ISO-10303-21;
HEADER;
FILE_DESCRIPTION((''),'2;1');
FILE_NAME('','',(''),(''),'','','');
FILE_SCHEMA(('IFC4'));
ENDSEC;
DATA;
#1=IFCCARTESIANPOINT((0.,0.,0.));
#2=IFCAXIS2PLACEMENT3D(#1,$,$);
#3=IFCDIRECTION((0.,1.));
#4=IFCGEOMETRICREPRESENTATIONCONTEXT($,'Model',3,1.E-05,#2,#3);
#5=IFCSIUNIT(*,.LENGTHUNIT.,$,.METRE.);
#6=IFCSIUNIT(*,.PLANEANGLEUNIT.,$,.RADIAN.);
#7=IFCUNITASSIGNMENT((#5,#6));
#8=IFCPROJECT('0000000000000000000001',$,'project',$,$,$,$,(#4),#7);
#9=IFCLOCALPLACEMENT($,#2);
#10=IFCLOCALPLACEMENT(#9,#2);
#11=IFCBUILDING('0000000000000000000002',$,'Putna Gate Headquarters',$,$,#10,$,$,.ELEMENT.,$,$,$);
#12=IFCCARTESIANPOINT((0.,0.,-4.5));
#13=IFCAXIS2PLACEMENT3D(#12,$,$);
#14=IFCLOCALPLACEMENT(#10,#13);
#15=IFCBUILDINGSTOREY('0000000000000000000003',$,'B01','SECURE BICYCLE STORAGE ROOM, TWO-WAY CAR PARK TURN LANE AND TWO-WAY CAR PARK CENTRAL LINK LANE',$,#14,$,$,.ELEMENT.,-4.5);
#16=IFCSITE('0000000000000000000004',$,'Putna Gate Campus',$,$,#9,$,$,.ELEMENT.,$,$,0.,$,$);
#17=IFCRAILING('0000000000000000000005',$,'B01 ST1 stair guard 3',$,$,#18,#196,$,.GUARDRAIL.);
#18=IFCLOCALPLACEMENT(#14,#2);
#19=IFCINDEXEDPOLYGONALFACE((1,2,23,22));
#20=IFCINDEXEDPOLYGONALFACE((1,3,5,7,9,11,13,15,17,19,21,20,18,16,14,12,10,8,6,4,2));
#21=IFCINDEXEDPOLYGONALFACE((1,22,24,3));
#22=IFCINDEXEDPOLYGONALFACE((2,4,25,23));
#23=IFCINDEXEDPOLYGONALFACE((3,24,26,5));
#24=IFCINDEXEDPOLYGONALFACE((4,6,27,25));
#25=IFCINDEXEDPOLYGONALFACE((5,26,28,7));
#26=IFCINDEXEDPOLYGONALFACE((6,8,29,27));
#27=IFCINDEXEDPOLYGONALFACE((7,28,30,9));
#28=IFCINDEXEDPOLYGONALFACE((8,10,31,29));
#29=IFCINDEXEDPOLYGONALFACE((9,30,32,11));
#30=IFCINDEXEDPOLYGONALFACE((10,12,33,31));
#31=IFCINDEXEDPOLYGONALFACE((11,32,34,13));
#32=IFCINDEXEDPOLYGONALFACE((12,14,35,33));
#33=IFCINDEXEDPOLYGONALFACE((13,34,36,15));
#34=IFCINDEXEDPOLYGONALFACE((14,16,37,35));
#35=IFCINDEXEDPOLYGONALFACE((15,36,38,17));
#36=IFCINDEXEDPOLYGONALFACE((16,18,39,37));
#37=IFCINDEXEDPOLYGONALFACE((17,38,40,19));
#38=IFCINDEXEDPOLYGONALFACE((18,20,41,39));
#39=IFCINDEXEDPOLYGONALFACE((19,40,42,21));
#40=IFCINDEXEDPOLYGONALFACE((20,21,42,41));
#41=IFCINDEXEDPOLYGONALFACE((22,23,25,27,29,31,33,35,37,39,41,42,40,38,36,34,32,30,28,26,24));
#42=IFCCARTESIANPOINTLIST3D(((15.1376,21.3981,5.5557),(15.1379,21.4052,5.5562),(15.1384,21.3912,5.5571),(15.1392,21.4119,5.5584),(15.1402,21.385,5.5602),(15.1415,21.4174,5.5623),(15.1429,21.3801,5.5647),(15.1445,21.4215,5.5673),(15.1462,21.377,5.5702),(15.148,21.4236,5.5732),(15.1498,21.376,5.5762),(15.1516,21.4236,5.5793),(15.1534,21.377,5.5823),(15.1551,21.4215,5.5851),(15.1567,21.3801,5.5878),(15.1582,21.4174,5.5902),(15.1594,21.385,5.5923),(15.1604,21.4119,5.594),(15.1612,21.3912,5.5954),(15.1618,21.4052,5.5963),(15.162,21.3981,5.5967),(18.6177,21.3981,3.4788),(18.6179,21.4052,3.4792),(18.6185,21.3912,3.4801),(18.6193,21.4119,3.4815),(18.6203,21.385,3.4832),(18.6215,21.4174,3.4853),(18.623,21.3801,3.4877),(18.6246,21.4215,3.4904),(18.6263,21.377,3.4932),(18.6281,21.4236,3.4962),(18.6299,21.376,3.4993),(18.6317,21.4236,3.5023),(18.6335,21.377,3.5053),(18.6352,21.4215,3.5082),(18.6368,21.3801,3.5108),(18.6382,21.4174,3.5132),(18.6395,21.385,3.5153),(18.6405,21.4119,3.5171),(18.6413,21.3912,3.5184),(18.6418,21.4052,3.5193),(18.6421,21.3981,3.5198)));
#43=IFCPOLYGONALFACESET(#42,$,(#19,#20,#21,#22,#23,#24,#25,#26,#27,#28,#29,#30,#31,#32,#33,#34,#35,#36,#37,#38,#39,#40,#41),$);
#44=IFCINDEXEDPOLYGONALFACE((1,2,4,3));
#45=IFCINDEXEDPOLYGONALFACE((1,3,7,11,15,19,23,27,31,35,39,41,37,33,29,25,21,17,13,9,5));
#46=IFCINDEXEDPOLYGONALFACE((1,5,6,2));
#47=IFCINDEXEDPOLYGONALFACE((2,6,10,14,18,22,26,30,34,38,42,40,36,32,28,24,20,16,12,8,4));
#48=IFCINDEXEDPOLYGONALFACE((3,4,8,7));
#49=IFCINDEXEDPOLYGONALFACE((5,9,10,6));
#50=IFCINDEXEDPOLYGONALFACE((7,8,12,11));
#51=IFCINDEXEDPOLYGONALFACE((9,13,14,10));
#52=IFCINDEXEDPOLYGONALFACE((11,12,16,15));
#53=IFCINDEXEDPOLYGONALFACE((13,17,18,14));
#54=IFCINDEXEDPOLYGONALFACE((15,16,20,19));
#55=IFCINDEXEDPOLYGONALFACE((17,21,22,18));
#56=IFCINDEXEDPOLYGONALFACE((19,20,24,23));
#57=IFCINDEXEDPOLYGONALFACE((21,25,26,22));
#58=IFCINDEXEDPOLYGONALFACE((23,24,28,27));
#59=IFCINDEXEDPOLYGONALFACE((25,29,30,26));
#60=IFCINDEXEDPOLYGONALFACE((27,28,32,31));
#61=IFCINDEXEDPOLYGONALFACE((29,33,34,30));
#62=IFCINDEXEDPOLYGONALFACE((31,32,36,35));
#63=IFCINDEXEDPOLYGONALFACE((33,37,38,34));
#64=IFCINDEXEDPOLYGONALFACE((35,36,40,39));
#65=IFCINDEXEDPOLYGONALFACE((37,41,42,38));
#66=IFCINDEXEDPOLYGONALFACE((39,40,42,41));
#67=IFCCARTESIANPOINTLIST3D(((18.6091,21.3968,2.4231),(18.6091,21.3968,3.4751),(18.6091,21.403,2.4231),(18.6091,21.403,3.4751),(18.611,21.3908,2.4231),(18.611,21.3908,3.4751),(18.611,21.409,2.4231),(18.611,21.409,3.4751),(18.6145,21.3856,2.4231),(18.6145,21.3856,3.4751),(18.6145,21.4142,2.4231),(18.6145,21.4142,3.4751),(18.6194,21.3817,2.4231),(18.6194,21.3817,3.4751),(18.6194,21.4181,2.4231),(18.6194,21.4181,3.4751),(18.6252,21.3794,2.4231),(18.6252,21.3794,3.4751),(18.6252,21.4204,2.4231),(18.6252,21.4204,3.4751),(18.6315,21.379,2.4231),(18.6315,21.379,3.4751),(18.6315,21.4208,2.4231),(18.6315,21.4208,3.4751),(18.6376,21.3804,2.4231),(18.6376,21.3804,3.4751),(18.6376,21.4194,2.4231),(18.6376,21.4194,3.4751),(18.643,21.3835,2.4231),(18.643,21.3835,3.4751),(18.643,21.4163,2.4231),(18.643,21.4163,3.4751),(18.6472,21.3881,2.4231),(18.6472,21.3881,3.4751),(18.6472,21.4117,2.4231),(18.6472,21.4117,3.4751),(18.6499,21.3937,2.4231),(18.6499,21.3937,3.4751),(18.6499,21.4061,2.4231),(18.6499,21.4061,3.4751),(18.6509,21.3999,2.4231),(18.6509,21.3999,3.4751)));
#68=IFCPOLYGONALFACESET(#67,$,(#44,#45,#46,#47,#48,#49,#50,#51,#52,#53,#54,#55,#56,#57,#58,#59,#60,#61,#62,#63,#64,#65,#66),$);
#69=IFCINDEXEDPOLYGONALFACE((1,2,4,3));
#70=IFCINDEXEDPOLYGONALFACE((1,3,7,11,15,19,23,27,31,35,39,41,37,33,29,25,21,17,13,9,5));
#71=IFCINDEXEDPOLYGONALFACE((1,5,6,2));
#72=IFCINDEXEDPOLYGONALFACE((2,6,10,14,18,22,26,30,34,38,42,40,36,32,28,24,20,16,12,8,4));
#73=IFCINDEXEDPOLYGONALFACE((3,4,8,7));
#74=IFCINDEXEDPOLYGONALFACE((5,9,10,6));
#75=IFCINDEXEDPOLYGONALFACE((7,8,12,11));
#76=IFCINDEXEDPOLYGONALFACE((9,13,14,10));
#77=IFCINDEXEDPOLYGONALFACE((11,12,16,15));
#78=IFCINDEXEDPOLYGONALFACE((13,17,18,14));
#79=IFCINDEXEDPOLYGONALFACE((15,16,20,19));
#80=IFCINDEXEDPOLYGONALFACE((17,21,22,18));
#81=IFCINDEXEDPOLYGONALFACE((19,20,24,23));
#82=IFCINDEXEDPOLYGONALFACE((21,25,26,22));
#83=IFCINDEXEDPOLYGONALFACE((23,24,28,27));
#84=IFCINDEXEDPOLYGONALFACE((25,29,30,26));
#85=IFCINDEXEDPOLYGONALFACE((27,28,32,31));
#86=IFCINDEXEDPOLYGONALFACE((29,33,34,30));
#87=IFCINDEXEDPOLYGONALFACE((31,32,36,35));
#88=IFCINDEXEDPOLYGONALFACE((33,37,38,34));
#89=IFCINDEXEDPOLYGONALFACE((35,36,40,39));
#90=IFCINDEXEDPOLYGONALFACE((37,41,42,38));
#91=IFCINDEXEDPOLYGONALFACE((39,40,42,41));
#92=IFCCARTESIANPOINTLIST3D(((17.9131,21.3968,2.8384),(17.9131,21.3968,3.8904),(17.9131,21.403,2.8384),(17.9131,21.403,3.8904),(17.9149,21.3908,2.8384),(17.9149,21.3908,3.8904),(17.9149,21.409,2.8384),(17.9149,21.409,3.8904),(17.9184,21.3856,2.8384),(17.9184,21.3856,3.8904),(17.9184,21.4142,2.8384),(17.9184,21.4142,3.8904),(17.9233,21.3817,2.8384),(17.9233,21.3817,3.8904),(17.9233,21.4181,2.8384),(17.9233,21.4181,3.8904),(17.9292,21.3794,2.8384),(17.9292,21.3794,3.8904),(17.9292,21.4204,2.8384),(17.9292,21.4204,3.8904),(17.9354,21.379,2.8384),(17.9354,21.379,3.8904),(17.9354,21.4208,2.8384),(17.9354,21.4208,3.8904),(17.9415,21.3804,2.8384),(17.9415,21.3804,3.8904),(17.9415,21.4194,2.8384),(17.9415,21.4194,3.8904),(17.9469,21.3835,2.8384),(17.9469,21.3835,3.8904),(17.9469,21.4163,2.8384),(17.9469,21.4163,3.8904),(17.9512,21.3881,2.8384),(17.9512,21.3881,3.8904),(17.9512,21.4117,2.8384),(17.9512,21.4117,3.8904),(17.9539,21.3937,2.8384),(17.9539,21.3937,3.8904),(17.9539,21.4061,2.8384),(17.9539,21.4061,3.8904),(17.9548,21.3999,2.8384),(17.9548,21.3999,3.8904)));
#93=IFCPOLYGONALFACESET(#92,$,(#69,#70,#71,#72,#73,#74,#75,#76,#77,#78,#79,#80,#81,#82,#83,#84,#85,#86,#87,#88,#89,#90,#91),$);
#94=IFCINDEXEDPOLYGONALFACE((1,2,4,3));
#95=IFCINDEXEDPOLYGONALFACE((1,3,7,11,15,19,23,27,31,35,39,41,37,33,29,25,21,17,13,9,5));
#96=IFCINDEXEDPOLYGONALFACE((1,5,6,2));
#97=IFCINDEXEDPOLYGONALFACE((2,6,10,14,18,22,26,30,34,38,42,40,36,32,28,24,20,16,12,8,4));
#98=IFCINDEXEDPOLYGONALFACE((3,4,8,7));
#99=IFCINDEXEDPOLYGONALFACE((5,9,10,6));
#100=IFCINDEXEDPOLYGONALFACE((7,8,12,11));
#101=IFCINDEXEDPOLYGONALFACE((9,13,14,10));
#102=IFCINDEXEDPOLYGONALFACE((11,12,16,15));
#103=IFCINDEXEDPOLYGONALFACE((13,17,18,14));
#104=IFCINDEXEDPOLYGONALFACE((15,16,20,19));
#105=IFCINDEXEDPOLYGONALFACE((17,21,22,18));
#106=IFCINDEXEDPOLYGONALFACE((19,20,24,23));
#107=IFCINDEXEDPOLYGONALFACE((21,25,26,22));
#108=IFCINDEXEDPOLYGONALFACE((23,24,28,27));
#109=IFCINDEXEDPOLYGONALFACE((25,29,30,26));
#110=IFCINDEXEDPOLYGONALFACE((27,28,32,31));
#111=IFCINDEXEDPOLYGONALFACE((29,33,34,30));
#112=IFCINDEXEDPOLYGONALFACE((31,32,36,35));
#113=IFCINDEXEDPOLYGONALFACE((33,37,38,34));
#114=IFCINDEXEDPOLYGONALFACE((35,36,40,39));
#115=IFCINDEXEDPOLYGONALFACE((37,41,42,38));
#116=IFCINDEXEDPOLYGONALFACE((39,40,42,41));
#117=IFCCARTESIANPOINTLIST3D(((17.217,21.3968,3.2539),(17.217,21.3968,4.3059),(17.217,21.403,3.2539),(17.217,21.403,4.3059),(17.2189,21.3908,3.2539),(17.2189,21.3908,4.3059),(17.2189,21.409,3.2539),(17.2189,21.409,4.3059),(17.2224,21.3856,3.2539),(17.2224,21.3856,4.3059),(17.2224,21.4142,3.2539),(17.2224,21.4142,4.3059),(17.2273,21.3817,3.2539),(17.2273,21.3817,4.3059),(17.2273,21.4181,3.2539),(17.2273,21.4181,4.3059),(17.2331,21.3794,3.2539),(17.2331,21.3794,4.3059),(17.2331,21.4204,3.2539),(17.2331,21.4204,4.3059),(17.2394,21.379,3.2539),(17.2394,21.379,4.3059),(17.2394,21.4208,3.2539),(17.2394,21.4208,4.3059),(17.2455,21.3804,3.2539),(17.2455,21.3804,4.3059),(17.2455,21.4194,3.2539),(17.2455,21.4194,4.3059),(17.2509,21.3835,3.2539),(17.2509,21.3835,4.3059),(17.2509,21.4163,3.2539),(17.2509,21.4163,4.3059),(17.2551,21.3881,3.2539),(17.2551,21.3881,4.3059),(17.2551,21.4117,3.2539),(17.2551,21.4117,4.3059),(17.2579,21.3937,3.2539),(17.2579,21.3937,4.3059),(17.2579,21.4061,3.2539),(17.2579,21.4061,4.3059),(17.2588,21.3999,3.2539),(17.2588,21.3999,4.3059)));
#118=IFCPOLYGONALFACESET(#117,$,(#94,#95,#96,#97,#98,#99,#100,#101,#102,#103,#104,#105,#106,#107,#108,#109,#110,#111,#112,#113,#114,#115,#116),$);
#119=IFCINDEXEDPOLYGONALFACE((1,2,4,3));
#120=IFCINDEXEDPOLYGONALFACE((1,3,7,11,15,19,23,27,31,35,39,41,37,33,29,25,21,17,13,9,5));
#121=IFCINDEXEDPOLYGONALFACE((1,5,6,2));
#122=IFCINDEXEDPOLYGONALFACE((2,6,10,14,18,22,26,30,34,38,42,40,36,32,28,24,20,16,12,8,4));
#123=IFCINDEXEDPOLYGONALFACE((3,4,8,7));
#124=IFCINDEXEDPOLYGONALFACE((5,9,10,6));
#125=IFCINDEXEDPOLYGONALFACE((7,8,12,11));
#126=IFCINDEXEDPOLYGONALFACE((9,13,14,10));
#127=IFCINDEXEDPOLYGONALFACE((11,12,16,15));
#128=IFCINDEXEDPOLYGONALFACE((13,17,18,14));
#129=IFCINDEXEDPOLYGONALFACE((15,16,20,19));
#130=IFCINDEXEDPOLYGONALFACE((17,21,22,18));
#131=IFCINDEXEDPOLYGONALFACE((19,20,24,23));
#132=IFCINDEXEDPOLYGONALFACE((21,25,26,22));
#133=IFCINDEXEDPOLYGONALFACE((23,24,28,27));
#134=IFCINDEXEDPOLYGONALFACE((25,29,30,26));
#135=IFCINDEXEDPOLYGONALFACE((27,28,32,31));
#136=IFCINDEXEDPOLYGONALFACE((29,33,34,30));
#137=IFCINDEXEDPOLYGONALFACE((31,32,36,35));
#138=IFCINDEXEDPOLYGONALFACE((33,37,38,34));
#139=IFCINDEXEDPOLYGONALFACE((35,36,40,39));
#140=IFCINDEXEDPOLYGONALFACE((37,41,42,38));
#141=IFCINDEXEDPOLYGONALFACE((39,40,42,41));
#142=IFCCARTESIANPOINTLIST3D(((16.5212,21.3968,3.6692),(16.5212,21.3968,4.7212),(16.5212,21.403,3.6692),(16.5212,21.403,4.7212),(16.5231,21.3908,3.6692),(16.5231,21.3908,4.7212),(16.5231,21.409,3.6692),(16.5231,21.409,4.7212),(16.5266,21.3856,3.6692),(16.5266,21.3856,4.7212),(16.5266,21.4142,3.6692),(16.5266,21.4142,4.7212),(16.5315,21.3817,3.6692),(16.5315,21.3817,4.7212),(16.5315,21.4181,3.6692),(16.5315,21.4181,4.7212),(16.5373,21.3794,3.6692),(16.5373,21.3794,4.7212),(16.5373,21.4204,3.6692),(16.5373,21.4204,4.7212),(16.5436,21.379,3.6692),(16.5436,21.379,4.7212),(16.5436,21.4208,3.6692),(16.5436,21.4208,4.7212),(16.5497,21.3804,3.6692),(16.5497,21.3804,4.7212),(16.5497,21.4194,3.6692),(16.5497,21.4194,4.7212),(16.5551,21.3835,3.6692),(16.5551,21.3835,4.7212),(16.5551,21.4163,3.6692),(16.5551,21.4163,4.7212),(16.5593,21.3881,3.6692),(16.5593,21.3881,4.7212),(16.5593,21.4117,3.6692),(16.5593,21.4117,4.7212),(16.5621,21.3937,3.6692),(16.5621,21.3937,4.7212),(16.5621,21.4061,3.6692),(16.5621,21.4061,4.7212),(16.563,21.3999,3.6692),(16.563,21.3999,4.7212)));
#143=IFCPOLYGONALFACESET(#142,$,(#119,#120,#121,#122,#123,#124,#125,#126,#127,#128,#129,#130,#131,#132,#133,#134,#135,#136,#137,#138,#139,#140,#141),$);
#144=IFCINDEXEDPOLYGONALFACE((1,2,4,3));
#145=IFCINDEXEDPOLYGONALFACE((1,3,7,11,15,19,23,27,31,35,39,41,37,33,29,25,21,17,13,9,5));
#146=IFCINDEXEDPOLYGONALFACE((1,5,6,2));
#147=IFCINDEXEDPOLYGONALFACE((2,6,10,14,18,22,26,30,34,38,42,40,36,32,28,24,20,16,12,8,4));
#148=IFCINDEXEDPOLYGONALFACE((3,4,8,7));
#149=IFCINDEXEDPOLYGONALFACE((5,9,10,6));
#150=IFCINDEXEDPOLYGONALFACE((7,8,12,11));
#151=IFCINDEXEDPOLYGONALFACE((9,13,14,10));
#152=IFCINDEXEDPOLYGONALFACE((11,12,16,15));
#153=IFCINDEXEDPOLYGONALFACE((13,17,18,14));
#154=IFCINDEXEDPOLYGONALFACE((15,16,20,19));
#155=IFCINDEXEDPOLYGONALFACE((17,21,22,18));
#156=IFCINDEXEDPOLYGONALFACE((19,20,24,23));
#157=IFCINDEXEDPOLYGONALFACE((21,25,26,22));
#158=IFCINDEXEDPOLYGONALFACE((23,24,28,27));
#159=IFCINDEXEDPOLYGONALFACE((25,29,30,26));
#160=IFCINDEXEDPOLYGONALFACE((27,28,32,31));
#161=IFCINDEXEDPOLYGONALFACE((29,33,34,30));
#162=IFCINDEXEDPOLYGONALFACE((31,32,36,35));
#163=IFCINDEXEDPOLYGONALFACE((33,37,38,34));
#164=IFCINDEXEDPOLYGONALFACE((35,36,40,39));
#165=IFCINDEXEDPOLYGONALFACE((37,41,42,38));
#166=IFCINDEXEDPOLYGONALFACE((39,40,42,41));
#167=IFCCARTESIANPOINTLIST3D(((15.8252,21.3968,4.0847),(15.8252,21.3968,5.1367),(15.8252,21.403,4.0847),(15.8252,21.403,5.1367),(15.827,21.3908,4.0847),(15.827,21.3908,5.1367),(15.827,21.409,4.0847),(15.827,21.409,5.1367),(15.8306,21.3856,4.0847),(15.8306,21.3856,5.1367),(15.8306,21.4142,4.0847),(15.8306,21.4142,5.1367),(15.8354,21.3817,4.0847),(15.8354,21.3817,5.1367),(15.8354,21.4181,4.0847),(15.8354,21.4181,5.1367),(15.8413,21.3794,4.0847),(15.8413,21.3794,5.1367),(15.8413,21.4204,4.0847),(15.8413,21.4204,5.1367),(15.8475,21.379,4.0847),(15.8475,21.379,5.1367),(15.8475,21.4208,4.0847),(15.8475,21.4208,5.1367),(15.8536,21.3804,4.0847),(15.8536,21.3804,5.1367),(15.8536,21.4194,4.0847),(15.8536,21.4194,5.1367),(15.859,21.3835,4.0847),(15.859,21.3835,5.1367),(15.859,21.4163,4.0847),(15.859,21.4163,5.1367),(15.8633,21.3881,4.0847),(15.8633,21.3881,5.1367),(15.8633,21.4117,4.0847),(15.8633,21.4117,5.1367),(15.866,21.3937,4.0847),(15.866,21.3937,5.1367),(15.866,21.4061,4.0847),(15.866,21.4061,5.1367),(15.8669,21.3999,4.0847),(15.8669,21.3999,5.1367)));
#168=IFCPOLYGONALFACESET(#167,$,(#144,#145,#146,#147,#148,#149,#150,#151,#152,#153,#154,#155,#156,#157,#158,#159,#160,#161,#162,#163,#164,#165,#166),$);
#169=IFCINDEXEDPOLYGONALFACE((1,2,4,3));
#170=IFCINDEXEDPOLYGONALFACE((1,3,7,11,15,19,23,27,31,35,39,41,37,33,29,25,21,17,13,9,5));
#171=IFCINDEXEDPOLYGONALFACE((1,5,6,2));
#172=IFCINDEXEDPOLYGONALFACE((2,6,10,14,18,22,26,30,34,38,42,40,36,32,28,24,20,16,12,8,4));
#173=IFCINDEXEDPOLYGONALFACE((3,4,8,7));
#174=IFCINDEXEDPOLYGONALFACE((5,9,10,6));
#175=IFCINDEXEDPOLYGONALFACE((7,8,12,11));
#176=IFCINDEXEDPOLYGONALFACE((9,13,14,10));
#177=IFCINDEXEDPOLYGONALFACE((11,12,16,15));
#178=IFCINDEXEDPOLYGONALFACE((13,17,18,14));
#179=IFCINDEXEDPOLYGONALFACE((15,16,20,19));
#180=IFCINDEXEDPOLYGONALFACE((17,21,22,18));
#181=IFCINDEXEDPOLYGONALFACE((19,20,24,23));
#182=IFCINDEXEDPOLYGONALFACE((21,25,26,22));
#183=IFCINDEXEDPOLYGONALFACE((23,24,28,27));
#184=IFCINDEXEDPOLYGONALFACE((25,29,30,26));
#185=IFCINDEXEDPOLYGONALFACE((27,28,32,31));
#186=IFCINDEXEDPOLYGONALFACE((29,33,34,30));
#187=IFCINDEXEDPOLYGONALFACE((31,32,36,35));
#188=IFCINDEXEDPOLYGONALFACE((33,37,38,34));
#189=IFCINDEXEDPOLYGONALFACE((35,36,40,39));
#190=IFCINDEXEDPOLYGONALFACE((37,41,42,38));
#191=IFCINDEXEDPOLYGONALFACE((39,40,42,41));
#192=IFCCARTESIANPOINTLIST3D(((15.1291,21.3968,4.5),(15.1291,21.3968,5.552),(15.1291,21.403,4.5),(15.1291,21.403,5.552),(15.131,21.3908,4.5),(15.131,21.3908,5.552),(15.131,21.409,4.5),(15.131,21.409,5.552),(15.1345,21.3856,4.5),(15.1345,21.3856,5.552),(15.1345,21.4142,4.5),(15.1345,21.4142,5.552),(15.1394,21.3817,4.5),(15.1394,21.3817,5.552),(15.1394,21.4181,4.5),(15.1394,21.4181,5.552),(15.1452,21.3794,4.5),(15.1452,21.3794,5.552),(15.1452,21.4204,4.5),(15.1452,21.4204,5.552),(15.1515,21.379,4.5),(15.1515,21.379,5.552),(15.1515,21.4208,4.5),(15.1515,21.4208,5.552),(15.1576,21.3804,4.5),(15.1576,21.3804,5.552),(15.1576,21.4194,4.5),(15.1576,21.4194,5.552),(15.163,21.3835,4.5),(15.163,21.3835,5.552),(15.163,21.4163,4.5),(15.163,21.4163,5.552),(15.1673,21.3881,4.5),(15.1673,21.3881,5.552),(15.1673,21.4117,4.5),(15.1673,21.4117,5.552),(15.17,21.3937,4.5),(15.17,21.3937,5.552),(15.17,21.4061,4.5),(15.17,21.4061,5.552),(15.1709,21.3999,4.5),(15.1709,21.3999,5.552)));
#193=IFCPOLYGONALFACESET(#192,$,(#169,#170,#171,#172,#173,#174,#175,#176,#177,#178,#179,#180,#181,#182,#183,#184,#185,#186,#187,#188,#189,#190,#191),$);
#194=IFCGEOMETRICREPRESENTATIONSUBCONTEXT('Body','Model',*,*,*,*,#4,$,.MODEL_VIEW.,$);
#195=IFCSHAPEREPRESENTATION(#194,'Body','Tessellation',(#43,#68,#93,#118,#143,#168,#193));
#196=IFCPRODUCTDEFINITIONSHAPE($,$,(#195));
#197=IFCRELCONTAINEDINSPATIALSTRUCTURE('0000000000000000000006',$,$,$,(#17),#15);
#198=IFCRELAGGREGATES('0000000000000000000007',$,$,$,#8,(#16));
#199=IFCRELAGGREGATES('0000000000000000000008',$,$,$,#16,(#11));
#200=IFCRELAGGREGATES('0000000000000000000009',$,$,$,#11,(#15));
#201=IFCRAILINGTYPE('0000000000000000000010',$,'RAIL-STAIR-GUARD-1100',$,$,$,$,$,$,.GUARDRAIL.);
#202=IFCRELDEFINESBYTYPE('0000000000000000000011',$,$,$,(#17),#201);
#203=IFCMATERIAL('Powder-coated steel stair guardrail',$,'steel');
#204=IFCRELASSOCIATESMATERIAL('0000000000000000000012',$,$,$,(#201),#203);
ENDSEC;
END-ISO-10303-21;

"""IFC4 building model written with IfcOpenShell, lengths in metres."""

from ifc_helpers import new_model, si_unit, direction, frame, origin, origin_2d, place, context, subcontext, project, spatial, circle, extrude, material, type_object, element, save


model = new_model("IFC4")

# Units and contexts
model_context = context("Model", 3, precision=1e-05, world=origin(), true_north=direction((0.0, 1.0)))
body_context = subcontext(model_context, "Body", "Model", "MODEL_VIEW")
ifc_project = project(units=[si_unit("LENGTHUNIT", "METRE"), si_unit("PLANEANGLEUNIT", "RADIAN")], contexts=[model_context])

# Site, building, storey
site_placement = place(None, origin())
site = spatial("IfcSite", under=ifc_project, at=site_placement, Name="Putna Gate Campus", CompositionType="ELEMENT", RefElevation=0.0)
building_placement = place(site_placement, origin())
building = spatial("IfcBuilding", under=site, at=building_placement, Name="Putna Gate Headquarters", CompositionType="ELEMENT")
storey_placement = place(building_placement, frame((0.0, 0.0, -4.5)))
storey = spatial("IfcBuildingStorey", under=building, at=storey_placement, Name="B01", Description="SECURE BICYCLE STORAGE ROOM, TWO-WAY CAR PARK TURN LANE AND TWO-WAY CAR PARK CENTRAL LINK LANE", CompositionType="ELEMENT", Elevation=-4.5)

# Railing
ifc_material_1 = material(Name="Powder-coated steel stair guardrail", Category="steel")
railing_type_1 = type_object("IfcRailingType", Name="RAIL-STAIR-GUARD-1100", PredefinedType="GUARDRAIL", material=ifc_material_1)
railing_1_placement = place(storey_placement, frame((18.6299, 21.3999, 2.4231)))
element("IfcRailing", 1, at=railing_1_placement, inside=storey, type_object=railing_type_1, Name="B01 ST1 stair guard 3", PredefinedType="GUARDRAIL", context=body_context, shape_type="SweptSolid", body=[
    extrude(circle(Radius=0.0239, at=origin_2d()), frame((0.0, 0.0, 1.0762), z_axis=(-0.858697, 0.0, 0.512483), x_axis=(0.0, -1.0, 0.0)), (0.0, 0.0, 1.0), 4.0527),
    extrude(circle(Radius=0.021, at=origin_2d()), origin(), (0.0, 0.0, 1.0), 1.052),
    extrude(circle(Radius=0.021, at=origin_2d()), frame((-0.696, 0.0, 0.4153)), (0.0, 0.0, 1.0), 1.052),
    extrude(circle(Radius=0.021, at=origin_2d()), frame((-1.3921, 0.0, 0.8308)), (0.0, 0.0, 1.0), 1.052),
    extrude(circle(Radius=0.021, at=origin_2d()), frame((-2.0879, 0.0, 1.2461)), (0.0, 0.0, 1.0), 1.052),
    extrude(circle(Radius=0.021, at=origin_2d()), frame((-2.7839, 0.0, 1.6616)), (0.0, 0.0, 1.0), 1.052),
    extrude(circle(Radius=0.021, at=origin_2d()), frame((-3.48, 0.0, 2.0769)), (0.0, 0.0, 1.0), 1.052),
])

save(model, "model.ifc")
